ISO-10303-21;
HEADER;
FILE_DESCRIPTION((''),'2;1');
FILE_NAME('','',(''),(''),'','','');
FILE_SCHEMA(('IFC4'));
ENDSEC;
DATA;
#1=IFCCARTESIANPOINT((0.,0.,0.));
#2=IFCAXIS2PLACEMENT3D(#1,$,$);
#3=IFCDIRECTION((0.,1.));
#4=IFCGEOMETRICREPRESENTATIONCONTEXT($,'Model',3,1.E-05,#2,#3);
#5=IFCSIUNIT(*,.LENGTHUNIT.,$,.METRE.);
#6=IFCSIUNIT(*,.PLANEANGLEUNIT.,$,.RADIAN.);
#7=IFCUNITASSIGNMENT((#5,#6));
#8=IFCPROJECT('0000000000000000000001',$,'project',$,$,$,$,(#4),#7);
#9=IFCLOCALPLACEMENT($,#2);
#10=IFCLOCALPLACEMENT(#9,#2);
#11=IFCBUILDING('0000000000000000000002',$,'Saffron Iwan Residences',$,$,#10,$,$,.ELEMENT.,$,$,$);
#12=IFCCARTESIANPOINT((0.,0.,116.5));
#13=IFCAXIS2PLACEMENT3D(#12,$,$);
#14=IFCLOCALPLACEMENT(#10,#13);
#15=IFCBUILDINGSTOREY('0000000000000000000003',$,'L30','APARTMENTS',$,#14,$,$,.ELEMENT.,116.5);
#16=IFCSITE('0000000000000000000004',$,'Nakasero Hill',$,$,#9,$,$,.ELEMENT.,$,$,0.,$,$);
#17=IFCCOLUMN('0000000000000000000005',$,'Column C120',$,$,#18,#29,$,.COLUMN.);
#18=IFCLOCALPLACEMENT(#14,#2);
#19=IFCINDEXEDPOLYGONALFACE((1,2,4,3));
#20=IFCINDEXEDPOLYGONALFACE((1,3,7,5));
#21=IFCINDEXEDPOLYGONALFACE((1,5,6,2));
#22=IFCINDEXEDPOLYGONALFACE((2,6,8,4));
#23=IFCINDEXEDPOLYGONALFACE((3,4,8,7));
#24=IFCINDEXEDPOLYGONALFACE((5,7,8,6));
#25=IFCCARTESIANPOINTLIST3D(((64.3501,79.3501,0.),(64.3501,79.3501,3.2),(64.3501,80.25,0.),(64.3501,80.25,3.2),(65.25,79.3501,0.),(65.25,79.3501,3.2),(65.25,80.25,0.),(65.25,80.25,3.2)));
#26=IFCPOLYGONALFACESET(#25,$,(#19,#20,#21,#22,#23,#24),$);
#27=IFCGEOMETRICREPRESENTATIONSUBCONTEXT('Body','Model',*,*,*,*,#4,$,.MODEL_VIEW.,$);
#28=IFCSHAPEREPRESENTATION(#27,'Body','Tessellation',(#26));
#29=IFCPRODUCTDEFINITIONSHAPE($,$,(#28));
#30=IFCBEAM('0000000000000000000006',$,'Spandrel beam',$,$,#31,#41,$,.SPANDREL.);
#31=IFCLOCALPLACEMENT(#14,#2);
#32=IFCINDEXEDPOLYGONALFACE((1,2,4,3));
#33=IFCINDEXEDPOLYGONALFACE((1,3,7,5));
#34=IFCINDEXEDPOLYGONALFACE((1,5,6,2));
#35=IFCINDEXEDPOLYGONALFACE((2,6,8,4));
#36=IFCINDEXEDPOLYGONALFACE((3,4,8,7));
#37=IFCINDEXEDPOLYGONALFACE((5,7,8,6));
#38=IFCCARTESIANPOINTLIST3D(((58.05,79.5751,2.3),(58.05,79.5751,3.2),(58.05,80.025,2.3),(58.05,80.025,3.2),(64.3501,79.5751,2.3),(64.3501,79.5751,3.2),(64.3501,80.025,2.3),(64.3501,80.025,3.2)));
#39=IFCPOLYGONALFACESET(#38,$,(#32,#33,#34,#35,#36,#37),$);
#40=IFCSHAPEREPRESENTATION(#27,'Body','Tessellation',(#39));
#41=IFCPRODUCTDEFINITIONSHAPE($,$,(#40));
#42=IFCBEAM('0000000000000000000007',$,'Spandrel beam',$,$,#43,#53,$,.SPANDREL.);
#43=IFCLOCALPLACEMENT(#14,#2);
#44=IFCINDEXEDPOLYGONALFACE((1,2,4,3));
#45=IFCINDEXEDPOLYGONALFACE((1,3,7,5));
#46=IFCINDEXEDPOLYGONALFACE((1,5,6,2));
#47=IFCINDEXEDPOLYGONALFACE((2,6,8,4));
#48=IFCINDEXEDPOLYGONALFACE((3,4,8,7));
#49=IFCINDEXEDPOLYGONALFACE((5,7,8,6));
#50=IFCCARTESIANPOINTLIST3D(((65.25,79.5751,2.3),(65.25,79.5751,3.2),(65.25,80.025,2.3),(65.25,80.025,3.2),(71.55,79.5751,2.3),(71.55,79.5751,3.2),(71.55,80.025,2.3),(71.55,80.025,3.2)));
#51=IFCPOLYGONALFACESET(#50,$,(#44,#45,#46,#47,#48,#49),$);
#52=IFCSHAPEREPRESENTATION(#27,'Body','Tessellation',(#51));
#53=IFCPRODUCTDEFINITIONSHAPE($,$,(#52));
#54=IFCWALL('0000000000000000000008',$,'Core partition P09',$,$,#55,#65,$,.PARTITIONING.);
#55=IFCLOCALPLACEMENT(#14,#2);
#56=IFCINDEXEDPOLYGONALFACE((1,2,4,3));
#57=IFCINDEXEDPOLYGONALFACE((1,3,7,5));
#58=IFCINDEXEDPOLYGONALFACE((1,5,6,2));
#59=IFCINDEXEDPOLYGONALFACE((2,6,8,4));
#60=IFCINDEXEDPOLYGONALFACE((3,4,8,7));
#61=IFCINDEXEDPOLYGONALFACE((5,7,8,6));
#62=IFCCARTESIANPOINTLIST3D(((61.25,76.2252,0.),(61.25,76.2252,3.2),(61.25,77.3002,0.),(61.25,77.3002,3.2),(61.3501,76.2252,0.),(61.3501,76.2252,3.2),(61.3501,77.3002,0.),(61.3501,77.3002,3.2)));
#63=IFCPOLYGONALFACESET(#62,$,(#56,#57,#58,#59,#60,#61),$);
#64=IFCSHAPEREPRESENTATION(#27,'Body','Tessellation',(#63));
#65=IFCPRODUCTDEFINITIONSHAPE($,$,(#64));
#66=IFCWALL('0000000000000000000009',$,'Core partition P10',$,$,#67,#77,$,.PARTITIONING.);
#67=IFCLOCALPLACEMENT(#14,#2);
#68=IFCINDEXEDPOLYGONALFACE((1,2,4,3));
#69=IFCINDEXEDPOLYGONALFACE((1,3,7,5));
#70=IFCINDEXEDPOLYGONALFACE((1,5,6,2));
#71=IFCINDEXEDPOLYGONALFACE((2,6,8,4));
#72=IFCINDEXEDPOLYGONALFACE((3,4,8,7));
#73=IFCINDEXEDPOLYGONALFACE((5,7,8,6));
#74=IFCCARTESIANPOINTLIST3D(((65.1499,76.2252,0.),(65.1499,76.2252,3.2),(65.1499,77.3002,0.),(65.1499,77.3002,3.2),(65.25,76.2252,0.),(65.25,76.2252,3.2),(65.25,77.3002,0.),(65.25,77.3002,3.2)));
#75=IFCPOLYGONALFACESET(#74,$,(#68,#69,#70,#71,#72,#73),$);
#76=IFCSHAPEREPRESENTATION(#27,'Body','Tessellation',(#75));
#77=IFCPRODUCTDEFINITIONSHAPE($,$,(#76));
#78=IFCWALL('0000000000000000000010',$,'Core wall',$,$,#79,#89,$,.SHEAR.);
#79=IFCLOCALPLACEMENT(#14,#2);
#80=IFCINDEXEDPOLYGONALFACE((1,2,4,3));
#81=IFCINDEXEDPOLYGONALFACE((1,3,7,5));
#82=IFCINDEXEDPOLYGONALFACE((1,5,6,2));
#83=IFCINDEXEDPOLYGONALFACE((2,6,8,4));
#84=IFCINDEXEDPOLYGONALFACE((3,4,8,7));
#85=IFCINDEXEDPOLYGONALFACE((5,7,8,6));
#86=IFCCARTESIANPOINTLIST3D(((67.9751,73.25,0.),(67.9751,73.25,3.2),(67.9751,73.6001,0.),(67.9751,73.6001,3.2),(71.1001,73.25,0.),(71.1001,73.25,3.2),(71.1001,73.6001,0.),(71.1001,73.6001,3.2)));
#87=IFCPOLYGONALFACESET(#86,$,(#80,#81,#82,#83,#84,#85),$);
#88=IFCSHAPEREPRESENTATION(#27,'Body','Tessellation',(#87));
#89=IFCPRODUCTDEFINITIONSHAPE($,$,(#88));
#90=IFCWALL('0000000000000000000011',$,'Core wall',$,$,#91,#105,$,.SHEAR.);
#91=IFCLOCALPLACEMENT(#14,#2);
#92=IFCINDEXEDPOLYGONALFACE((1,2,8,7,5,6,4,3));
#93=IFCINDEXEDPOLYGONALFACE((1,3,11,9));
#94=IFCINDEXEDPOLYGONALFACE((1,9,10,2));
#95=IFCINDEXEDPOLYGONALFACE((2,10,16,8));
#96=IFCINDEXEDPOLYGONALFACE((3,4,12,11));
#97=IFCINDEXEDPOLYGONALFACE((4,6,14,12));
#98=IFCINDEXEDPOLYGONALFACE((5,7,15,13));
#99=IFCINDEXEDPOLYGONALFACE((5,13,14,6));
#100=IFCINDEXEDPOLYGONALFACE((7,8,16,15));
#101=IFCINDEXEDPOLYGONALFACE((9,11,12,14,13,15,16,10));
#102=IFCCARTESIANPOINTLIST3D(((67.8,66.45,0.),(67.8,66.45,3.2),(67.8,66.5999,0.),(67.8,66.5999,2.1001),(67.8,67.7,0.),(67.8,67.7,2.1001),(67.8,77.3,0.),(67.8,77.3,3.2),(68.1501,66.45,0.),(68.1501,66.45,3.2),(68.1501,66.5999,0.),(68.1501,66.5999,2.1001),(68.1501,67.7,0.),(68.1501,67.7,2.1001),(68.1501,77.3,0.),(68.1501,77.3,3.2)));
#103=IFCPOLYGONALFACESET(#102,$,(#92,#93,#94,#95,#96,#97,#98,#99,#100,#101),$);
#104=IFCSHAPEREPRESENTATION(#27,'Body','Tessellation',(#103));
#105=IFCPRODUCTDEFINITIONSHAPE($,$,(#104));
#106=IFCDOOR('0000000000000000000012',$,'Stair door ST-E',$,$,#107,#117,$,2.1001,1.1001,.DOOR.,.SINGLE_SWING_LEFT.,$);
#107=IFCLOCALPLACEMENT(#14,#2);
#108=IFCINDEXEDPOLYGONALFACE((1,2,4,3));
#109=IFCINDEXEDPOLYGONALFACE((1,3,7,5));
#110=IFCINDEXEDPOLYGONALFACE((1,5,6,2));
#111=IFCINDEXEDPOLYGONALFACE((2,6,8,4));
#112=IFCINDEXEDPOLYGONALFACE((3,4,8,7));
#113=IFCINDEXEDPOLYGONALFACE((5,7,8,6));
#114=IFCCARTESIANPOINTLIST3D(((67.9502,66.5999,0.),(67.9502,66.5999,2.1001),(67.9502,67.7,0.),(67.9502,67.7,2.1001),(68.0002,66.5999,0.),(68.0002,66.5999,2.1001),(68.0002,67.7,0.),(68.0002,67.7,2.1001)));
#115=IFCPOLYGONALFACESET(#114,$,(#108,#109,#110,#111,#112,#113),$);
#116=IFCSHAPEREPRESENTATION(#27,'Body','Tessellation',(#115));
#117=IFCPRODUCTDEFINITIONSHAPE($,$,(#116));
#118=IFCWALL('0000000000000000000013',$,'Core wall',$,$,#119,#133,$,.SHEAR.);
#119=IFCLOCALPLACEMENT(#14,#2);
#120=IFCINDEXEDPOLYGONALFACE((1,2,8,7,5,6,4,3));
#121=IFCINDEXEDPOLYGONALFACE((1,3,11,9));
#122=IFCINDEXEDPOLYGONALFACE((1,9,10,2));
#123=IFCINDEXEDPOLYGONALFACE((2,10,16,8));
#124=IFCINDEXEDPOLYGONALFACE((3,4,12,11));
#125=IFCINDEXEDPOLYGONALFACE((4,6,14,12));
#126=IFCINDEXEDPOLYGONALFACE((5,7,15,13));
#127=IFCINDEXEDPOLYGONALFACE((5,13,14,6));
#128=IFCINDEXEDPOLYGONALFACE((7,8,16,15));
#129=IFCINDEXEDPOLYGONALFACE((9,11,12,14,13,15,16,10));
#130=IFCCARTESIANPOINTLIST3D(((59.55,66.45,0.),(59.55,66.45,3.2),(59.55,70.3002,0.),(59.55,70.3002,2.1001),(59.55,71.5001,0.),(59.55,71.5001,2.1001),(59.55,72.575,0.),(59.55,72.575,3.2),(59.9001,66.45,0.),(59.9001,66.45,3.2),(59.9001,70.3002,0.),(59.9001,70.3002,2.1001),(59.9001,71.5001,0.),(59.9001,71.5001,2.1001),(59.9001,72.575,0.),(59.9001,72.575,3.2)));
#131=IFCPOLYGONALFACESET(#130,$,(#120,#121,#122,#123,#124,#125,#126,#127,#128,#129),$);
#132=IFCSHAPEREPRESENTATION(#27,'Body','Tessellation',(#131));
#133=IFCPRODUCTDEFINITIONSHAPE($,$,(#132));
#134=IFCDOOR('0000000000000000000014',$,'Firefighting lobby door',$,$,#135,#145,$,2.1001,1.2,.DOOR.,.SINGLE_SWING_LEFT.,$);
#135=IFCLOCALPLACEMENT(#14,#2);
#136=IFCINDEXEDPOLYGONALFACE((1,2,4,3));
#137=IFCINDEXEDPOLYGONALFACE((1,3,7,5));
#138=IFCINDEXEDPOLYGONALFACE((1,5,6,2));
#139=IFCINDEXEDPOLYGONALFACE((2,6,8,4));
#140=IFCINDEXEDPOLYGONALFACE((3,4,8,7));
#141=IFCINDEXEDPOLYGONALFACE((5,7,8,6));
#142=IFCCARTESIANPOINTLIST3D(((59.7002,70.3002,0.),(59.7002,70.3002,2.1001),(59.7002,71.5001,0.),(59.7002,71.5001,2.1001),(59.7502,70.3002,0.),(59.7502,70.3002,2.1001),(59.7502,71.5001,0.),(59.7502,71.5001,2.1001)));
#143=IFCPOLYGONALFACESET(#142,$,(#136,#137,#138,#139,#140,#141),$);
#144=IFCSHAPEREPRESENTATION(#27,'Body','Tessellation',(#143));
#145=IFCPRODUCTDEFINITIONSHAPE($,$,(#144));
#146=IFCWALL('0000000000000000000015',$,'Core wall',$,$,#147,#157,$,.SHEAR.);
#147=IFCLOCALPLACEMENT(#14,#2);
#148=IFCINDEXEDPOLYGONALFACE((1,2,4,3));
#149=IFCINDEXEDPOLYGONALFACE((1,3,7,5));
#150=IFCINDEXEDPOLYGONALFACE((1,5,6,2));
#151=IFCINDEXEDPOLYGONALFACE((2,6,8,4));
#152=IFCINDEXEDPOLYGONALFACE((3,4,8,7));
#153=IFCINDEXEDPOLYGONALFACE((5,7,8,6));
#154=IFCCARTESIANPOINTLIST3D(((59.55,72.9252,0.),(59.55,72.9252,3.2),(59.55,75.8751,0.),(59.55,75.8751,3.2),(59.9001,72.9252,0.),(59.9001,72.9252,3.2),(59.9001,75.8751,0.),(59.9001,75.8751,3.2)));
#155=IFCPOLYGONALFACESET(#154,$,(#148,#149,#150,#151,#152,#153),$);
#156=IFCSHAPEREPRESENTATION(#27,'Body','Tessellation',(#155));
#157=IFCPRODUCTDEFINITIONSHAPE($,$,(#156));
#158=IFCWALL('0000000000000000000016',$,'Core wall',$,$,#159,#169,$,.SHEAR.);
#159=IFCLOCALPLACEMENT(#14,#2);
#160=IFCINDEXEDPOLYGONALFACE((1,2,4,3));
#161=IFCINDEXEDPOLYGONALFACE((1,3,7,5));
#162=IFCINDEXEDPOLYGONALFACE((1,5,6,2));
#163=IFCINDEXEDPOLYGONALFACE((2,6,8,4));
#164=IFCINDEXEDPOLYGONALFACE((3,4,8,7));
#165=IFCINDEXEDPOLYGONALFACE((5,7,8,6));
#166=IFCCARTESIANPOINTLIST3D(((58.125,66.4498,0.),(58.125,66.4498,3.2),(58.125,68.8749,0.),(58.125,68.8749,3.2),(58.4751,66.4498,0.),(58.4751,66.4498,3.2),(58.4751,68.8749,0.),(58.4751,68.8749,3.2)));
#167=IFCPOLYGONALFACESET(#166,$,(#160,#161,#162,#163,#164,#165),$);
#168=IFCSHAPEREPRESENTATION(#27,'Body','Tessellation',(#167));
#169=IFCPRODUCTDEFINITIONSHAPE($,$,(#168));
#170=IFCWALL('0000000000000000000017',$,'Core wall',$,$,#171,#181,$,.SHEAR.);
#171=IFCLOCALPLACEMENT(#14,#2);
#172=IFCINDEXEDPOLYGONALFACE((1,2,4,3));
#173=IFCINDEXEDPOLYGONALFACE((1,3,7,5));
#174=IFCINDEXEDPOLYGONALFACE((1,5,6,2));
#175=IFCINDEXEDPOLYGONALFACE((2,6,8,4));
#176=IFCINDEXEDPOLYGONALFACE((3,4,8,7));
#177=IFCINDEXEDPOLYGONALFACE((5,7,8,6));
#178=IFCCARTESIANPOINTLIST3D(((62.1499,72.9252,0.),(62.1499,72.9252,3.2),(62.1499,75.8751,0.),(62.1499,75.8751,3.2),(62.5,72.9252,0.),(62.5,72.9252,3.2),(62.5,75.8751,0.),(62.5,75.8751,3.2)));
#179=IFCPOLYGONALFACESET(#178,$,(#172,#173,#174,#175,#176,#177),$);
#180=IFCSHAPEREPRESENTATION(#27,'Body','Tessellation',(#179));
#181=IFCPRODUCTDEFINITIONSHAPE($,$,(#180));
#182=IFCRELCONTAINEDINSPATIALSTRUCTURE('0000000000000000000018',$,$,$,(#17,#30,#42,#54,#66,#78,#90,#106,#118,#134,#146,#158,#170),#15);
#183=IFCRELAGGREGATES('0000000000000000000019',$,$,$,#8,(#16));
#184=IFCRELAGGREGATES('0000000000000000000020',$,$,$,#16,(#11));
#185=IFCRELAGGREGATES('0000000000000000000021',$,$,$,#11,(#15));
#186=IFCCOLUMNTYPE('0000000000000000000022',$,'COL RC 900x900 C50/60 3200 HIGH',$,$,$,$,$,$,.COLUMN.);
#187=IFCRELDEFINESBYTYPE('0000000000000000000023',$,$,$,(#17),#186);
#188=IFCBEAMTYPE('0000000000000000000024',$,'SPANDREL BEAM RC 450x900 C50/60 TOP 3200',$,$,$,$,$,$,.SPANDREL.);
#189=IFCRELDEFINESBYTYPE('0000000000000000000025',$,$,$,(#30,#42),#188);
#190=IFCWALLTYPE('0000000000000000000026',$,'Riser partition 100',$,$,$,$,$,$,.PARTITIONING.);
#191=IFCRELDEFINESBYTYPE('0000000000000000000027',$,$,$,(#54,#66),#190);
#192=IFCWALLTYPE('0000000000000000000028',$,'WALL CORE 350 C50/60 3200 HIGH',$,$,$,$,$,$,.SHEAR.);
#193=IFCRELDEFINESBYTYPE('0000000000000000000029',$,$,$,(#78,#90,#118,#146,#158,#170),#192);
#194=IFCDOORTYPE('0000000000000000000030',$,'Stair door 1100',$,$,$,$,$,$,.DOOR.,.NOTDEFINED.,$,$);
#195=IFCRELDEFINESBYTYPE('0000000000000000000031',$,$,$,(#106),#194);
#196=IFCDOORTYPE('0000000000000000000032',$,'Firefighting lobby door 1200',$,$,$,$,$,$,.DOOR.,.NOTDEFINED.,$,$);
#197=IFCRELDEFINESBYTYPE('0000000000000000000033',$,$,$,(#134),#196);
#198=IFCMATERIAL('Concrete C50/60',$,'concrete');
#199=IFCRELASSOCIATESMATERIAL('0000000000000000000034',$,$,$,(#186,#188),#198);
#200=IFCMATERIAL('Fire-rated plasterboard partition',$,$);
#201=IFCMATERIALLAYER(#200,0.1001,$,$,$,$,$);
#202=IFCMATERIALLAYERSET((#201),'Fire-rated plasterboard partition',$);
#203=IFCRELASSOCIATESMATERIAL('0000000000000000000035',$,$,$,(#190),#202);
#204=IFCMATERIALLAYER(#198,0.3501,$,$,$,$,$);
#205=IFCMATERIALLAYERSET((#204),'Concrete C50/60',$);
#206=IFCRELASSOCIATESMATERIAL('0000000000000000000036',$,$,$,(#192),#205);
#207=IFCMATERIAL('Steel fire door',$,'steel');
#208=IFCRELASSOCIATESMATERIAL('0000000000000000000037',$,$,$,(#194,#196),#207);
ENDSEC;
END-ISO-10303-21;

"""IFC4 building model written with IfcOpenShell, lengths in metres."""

from ifc_helpers import new_model, si_unit, direction, frame, frame_2d, origin, origin_2d, place, context, subcontext, project, spatial, rectangle, extrude, source, transform, mapped, material, layer, layer_set, material_profile, profile_set, type_object, element, fill, save


model = new_model("IFC4")

# Units and contexts
model_context = context("Model", 3, precision=1e-05, world=origin(), true_north=direction((0.0, 1.0)))
body_context = subcontext(model_context, "Body", "Model", "MODEL_VIEW")
ifc_project = project(units=[si_unit("LENGTHUNIT", "METRE"), si_unit("PLANEANGLEUNIT", "RADIAN")], contexts=[model_context])

# Site, building, storey
site_placement = place(None, origin())
site = spatial("IfcSite", under=ifc_project, at=site_placement, Name="Nakasero Hill", CompositionType="ELEMENT", RefElevation=0.0)
building_placement = place(site_placement, origin())
building = spatial("IfcBuilding", under=site, at=building_placement, Name="Saffron Iwan Residences", CompositionType="ELEMENT")
storey_placement = place(building_placement, frame((0.0, 0.0, 116.5)))
storey = spatial("IfcBuildingStorey", under=building, at=storey_placement, Name="L30", Description="APARTMENTS", CompositionType="ELEMENT", Elevation=116.5)

# Column
ifc_material_1 = material(Name="Concrete C50/60", Category="concrete")
ifc_material_profile_1 = material_profile(ifc_material_1, rectangle(XDim=0.8999, YDim=0.8999, at=origin_2d()), Name="RC 900x900")
ifc_profile_set_1 = profile_set([ifc_material_profile_1], Name="Concrete C50/60")
column_type = type_object("IfcColumnType", Name="COL RC 900x900 C50/60 3200 HIGH", PredefinedType="COLUMN", material=ifc_profile_set_1)
shared_shape_1 = source(origin(), body_context, "Body", "SweptSolid", [
    extrude(rectangle(XDim=0.8999, YDim=0.8999, at=origin_2d()), origin(), (0.0, 0.0, 1.0), 3.2),
])
column_placement = place(storey_placement, frame((64.8, 79.8, 0.0), z_axis=(0.0, 0.0, 1.0), x_axis=(1.0, 0.0, 0.0)))
element("IfcColumn", 1, at=column_placement, inside=storey, type_object=column_type, Name="Column C120", PredefinedType="COLUMN", context=body_context, shape_type="MappedRepresentation", body=[
    mapped(shared_shape_1, transform((0.0, 0.0, 0.0))),
])

# Beams
ifc_material_profile_2 = material_profile(ifc_material_1, rectangle(XDim=0.45, YDim=0.8999, at=origin_2d()), Name="RC 450x900")
ifc_profile_set_2 = profile_set([ifc_material_profile_2], Name="Concrete C50/60")
beam_type = type_object("IfcBeamType", Name="SPANDREL BEAM RC 450x900 C50/60 TOP 3200", PredefinedType="SPANDREL", material=ifc_profile_set_2)
shared_shape_2 = source(origin(), body_context, "Body", "SweptSolid", [
    extrude(rectangle(XDim=0.45, YDim=0.8999, at=origin_2d()), origin(), (0.0, 0.0, 1.0), 6.3),
])
for number, where, z_axis, x_axis, name in (
    (2, (58.05, 79.8, 2.75), (1.0, 0.0, 0.0), (0.0, 1.0, 0.0), "Spandrel beam"),
    (3, (65.25, 79.8, 2.75), (1.0, 0.0, 0.0), (0.0, 1.0, 0.0), "Spandrel beam"),
):
    element("IfcBeam", number, at=place(storey_placement, frame(where, z_axis=z_axis, x_axis=x_axis)), inside=storey, type_object=beam_type, Name=name, PredefinedType="SPANDREL", context=body_context, shape_type="MappedRepresentation", body=[
        mapped(shared_shape_2, transform((0.0, 0.0, 0.0))),
    ])

# Walls
ifc_material_2 = material(Name="Fire-rated plasterboard partition")
ifc_layer_1 = layer(ifc_material_2, 0.1001)
ifc_layer_set_1 = layer_set([ifc_layer_1], Name="Fire-rated plasterboard partition")
wall_type_1 = type_object("IfcWallType", Name="Riser partition 100", PredefinedType="PARTITIONING", material=ifc_layer_set_1)
for number, where, z_axis, x_axis, name in (
    (4, (61.3, 76.2251, 0.0), (0.0, 0.0, 1.0), (0.0, 1.0, 0.0), "Core partition P09"),
    (5, (65.2, 76.2251, 0.0), (0.0, 0.0, 1.0), (0.0, 1.0, 0.0), "Core partition P10"),
):
    element("IfcWall", number, at=place(storey_placement, frame(where, z_axis=z_axis, x_axis=x_axis)), inside=storey, type_object=wall_type_1, Name=name, PredefinedType="PARTITIONING", context=body_context, shape_type="SweptSolid", body=[
        extrude(rectangle(XDim=1.075, YDim=0.1001, at=frame_2d((0.5376, 0.0))), origin(), (0.0, 0.0, 1.0), 3.2),
    ])
ifc_layer_2 = layer(ifc_material_1, 0.3501)
ifc_layer_set_2 = layer_set([ifc_layer_2], Name="Concrete C50/60")
wall_type_2 = type_object("IfcWallType", Name="WALL CORE 350 C50/60 3200 HIGH", PredefinedType="SHEAR", material=ifc_layer_set_2)
wall_1_placement = place(storey_placement, frame((67.9751, 73.425, 0.0), z_axis=(0.0, 0.0, 1.0), x_axis=(1.0, 0.0, 0.0)))
element("IfcWall", 6, at=wall_1_placement, inside=storey, type_object=wall_type_2, Name="Core wall", PredefinedType="SHEAR", context=body_context, shape_type="SweptSolid", body=[
    extrude(rectangle(XDim=3.125, YDim=0.3501, at=frame_2d((1.5625, 0.0))), origin(), (0.0, 0.0, 1.0), 3.2),
])

# Walls, openings, doors
wall_2_placement = place(storey_placement, frame((67.9751, 66.45, 0.0), z_axis=(0.0, 0.0, 1.0), x_axis=(0.0, 1.0, 0.0)))
wall_2 = element("IfcWall", 7, at=wall_2_placement, inside=storey, type_object=wall_type_2, Name="Core wall", PredefinedType="SHEAR", context=body_context, shape_type="SweptSolid", body=[
    extrude(rectangle(XDim=10.8501, YDim=0.3501, at=frame_2d((5.425, 0.0))), origin(), (0.0, 0.0, 1.0), 3.2),
])
opening_1_placement = place(wall_2_placement, frame((0.1499, 0.0, 0.0)))
opening_1 = element("IfcOpeningElement", 8, at=opening_1_placement, cuts=wall_2, PredefinedType="OPENING", context=body_context, shape_type="SweptSolid", body=[
    extrude(rectangle(XDim=1.1001, YDim=2.1001, at=frame_2d((0.55, 1.05))), frame((0.0, 0.1851, 0.0), z_axis=(0.0, -1.0, 0.0), x_axis=(1.0, 0.0, 0.0)), (0.0, 0.0, 1.0), 0.3701),
])
ifc_material_3 = material(Name="Steel fire door", Category="steel")
door_type_1 = type_object("IfcDoorType", Name="Stair door 1100", OperationType="NOTDEFINED", PredefinedType="DOOR", material=ifc_material_3)
door_1_placement = place(opening_1_placement, origin())
door_1 = element("IfcDoor", 9, at=door_1_placement, inside=storey, type_object=door_type_1, Name="Stair door ST-E", OperationType="SINGLE_SWING_LEFT", OverallHeight=2.1001, OverallWidth=1.1001, PredefinedType="DOOR", context=body_context, shape_type="SweptSolid", body=[
    extrude(rectangle(XDim=1.1001, YDim=2.1001, at=frame_2d((0.55, 1.05))), frame((0.0, 0.0249, 0.0), z_axis=(0.0, -1.0, 0.0), x_axis=(1.0, 0.0, 0.0)), (0.0, 0.0, 1.0), 0.05),
])
fill(opening_1, door_1)
wall_3_placement = place(storey_placement, frame((59.7251, 66.45, 0.0), z_axis=(0.0, 0.0, 1.0), x_axis=(0.0, 1.0, 0.0)))
wall_3 = element("IfcWall", 10, at=wall_3_placement, inside=storey, type_object=wall_type_2, Name="Core wall", PredefinedType="SHEAR", context=body_context, shape_type="SweptSolid", body=[
    extrude(rectangle(XDim=6.125, YDim=0.3501, at=frame_2d((3.0625, 0.0))), origin(), (0.0, 0.0, 1.0), 3.2),
])
opening_2_placement = place(wall_3_placement, frame((3.8501, 0.0, 0.0)))
opening_2 = element("IfcOpeningElement", 11, at=opening_2_placement, cuts=wall_3, PredefinedType="OPENING", context=body_context, shape_type="SweptSolid", body=[
    extrude(rectangle(XDim=1.2, YDim=2.1001, at=frame_2d((0.6001, 1.05))), frame((0.0, 0.1851, 0.0), z_axis=(0.0, -1.0, 0.0), x_axis=(1.0, 0.0, 0.0)), (0.0, 0.0, 1.0), 0.3701),
])
door_type_2 = type_object("IfcDoorType", Name="Firefighting lobby door 1200", OperationType="NOTDEFINED", PredefinedType="DOOR", material=ifc_material_3)
door_2_placement = place(opening_2_placement, origin())
door_2 = element("IfcDoor", 12, at=door_2_placement, inside=storey, type_object=door_type_2, Name="Firefighting lobby door", OperationType="SINGLE_SWING_LEFT", OverallHeight=2.1001, OverallWidth=1.2, PredefinedType="DOOR", context=body_context, shape_type="SweptSolid", body=[
    extrude(rectangle(XDim=1.2, YDim=2.1001, at=frame_2d((0.6001, 1.05))), frame((0.0, 0.0249, 0.0), z_axis=(0.0, -1.0, 0.0), x_axis=(1.0, 0.0, 0.0)), (0.0, 0.0, 1.0), 0.05),
])
fill(opening_2, door_2)

# Walls
wall_4_placement = place(storey_placement, frame((59.7251, 72.925, 0.0), z_axis=(0.0, 0.0, 1.0), x_axis=(0.0, 1.0, 0.0)))
element("IfcWall", 13, at=wall_4_placement, inside=storey, type_object=wall_type_2, Name="Core wall", PredefinedType="SHEAR", context=body_context, shape_type="SweptSolid", body=[
    extrude(rectangle(XDim=2.95, YDim=0.3501, at=frame_2d((1.4751, 0.0))), origin(), (0.0, 0.0, 1.0), 3.2),
])
wall_5_placement = place(storey_placement, frame((58.3, 66.45, 0.0), z_axis=(0.0, 0.0, 1.0), x_axis=(0.0, 1.0, 0.0)))
element("IfcWall", 14, at=wall_5_placement, inside=storey, type_object=wall_type_2, Name="Core wall", PredefinedType="SHEAR", context=body_context, shape_type="SweptSolid", body=[
    extrude(rectangle(XDim=2.425, YDim=0.3501, at=frame_2d((1.2124, 0.0))), origin(), (0.0, 0.0, 1.0), 3.2),
])
for number, where, z_axis, x_axis, name in (
    (15, (62.325, 72.925, 0.0), (0.0, 0.0, 1.0), (0.0, 1.0, 0.0), "Core wall"),
):
    element("IfcWall", number, at=place(storey_placement, frame(where, z_axis=z_axis, x_axis=x_axis)), inside=storey, type_object=wall_type_2, Name=name, PredefinedType="SHEAR", context=body_context, shape_type="SweptSolid", body=[
        extrude(rectangle(XDim=2.95, YDim=0.3501, at=frame_2d((1.4751, 0.0))), origin(), (0.0, 0.0, 1.0), 3.2),
    ])

save(model, "model.ifc")
